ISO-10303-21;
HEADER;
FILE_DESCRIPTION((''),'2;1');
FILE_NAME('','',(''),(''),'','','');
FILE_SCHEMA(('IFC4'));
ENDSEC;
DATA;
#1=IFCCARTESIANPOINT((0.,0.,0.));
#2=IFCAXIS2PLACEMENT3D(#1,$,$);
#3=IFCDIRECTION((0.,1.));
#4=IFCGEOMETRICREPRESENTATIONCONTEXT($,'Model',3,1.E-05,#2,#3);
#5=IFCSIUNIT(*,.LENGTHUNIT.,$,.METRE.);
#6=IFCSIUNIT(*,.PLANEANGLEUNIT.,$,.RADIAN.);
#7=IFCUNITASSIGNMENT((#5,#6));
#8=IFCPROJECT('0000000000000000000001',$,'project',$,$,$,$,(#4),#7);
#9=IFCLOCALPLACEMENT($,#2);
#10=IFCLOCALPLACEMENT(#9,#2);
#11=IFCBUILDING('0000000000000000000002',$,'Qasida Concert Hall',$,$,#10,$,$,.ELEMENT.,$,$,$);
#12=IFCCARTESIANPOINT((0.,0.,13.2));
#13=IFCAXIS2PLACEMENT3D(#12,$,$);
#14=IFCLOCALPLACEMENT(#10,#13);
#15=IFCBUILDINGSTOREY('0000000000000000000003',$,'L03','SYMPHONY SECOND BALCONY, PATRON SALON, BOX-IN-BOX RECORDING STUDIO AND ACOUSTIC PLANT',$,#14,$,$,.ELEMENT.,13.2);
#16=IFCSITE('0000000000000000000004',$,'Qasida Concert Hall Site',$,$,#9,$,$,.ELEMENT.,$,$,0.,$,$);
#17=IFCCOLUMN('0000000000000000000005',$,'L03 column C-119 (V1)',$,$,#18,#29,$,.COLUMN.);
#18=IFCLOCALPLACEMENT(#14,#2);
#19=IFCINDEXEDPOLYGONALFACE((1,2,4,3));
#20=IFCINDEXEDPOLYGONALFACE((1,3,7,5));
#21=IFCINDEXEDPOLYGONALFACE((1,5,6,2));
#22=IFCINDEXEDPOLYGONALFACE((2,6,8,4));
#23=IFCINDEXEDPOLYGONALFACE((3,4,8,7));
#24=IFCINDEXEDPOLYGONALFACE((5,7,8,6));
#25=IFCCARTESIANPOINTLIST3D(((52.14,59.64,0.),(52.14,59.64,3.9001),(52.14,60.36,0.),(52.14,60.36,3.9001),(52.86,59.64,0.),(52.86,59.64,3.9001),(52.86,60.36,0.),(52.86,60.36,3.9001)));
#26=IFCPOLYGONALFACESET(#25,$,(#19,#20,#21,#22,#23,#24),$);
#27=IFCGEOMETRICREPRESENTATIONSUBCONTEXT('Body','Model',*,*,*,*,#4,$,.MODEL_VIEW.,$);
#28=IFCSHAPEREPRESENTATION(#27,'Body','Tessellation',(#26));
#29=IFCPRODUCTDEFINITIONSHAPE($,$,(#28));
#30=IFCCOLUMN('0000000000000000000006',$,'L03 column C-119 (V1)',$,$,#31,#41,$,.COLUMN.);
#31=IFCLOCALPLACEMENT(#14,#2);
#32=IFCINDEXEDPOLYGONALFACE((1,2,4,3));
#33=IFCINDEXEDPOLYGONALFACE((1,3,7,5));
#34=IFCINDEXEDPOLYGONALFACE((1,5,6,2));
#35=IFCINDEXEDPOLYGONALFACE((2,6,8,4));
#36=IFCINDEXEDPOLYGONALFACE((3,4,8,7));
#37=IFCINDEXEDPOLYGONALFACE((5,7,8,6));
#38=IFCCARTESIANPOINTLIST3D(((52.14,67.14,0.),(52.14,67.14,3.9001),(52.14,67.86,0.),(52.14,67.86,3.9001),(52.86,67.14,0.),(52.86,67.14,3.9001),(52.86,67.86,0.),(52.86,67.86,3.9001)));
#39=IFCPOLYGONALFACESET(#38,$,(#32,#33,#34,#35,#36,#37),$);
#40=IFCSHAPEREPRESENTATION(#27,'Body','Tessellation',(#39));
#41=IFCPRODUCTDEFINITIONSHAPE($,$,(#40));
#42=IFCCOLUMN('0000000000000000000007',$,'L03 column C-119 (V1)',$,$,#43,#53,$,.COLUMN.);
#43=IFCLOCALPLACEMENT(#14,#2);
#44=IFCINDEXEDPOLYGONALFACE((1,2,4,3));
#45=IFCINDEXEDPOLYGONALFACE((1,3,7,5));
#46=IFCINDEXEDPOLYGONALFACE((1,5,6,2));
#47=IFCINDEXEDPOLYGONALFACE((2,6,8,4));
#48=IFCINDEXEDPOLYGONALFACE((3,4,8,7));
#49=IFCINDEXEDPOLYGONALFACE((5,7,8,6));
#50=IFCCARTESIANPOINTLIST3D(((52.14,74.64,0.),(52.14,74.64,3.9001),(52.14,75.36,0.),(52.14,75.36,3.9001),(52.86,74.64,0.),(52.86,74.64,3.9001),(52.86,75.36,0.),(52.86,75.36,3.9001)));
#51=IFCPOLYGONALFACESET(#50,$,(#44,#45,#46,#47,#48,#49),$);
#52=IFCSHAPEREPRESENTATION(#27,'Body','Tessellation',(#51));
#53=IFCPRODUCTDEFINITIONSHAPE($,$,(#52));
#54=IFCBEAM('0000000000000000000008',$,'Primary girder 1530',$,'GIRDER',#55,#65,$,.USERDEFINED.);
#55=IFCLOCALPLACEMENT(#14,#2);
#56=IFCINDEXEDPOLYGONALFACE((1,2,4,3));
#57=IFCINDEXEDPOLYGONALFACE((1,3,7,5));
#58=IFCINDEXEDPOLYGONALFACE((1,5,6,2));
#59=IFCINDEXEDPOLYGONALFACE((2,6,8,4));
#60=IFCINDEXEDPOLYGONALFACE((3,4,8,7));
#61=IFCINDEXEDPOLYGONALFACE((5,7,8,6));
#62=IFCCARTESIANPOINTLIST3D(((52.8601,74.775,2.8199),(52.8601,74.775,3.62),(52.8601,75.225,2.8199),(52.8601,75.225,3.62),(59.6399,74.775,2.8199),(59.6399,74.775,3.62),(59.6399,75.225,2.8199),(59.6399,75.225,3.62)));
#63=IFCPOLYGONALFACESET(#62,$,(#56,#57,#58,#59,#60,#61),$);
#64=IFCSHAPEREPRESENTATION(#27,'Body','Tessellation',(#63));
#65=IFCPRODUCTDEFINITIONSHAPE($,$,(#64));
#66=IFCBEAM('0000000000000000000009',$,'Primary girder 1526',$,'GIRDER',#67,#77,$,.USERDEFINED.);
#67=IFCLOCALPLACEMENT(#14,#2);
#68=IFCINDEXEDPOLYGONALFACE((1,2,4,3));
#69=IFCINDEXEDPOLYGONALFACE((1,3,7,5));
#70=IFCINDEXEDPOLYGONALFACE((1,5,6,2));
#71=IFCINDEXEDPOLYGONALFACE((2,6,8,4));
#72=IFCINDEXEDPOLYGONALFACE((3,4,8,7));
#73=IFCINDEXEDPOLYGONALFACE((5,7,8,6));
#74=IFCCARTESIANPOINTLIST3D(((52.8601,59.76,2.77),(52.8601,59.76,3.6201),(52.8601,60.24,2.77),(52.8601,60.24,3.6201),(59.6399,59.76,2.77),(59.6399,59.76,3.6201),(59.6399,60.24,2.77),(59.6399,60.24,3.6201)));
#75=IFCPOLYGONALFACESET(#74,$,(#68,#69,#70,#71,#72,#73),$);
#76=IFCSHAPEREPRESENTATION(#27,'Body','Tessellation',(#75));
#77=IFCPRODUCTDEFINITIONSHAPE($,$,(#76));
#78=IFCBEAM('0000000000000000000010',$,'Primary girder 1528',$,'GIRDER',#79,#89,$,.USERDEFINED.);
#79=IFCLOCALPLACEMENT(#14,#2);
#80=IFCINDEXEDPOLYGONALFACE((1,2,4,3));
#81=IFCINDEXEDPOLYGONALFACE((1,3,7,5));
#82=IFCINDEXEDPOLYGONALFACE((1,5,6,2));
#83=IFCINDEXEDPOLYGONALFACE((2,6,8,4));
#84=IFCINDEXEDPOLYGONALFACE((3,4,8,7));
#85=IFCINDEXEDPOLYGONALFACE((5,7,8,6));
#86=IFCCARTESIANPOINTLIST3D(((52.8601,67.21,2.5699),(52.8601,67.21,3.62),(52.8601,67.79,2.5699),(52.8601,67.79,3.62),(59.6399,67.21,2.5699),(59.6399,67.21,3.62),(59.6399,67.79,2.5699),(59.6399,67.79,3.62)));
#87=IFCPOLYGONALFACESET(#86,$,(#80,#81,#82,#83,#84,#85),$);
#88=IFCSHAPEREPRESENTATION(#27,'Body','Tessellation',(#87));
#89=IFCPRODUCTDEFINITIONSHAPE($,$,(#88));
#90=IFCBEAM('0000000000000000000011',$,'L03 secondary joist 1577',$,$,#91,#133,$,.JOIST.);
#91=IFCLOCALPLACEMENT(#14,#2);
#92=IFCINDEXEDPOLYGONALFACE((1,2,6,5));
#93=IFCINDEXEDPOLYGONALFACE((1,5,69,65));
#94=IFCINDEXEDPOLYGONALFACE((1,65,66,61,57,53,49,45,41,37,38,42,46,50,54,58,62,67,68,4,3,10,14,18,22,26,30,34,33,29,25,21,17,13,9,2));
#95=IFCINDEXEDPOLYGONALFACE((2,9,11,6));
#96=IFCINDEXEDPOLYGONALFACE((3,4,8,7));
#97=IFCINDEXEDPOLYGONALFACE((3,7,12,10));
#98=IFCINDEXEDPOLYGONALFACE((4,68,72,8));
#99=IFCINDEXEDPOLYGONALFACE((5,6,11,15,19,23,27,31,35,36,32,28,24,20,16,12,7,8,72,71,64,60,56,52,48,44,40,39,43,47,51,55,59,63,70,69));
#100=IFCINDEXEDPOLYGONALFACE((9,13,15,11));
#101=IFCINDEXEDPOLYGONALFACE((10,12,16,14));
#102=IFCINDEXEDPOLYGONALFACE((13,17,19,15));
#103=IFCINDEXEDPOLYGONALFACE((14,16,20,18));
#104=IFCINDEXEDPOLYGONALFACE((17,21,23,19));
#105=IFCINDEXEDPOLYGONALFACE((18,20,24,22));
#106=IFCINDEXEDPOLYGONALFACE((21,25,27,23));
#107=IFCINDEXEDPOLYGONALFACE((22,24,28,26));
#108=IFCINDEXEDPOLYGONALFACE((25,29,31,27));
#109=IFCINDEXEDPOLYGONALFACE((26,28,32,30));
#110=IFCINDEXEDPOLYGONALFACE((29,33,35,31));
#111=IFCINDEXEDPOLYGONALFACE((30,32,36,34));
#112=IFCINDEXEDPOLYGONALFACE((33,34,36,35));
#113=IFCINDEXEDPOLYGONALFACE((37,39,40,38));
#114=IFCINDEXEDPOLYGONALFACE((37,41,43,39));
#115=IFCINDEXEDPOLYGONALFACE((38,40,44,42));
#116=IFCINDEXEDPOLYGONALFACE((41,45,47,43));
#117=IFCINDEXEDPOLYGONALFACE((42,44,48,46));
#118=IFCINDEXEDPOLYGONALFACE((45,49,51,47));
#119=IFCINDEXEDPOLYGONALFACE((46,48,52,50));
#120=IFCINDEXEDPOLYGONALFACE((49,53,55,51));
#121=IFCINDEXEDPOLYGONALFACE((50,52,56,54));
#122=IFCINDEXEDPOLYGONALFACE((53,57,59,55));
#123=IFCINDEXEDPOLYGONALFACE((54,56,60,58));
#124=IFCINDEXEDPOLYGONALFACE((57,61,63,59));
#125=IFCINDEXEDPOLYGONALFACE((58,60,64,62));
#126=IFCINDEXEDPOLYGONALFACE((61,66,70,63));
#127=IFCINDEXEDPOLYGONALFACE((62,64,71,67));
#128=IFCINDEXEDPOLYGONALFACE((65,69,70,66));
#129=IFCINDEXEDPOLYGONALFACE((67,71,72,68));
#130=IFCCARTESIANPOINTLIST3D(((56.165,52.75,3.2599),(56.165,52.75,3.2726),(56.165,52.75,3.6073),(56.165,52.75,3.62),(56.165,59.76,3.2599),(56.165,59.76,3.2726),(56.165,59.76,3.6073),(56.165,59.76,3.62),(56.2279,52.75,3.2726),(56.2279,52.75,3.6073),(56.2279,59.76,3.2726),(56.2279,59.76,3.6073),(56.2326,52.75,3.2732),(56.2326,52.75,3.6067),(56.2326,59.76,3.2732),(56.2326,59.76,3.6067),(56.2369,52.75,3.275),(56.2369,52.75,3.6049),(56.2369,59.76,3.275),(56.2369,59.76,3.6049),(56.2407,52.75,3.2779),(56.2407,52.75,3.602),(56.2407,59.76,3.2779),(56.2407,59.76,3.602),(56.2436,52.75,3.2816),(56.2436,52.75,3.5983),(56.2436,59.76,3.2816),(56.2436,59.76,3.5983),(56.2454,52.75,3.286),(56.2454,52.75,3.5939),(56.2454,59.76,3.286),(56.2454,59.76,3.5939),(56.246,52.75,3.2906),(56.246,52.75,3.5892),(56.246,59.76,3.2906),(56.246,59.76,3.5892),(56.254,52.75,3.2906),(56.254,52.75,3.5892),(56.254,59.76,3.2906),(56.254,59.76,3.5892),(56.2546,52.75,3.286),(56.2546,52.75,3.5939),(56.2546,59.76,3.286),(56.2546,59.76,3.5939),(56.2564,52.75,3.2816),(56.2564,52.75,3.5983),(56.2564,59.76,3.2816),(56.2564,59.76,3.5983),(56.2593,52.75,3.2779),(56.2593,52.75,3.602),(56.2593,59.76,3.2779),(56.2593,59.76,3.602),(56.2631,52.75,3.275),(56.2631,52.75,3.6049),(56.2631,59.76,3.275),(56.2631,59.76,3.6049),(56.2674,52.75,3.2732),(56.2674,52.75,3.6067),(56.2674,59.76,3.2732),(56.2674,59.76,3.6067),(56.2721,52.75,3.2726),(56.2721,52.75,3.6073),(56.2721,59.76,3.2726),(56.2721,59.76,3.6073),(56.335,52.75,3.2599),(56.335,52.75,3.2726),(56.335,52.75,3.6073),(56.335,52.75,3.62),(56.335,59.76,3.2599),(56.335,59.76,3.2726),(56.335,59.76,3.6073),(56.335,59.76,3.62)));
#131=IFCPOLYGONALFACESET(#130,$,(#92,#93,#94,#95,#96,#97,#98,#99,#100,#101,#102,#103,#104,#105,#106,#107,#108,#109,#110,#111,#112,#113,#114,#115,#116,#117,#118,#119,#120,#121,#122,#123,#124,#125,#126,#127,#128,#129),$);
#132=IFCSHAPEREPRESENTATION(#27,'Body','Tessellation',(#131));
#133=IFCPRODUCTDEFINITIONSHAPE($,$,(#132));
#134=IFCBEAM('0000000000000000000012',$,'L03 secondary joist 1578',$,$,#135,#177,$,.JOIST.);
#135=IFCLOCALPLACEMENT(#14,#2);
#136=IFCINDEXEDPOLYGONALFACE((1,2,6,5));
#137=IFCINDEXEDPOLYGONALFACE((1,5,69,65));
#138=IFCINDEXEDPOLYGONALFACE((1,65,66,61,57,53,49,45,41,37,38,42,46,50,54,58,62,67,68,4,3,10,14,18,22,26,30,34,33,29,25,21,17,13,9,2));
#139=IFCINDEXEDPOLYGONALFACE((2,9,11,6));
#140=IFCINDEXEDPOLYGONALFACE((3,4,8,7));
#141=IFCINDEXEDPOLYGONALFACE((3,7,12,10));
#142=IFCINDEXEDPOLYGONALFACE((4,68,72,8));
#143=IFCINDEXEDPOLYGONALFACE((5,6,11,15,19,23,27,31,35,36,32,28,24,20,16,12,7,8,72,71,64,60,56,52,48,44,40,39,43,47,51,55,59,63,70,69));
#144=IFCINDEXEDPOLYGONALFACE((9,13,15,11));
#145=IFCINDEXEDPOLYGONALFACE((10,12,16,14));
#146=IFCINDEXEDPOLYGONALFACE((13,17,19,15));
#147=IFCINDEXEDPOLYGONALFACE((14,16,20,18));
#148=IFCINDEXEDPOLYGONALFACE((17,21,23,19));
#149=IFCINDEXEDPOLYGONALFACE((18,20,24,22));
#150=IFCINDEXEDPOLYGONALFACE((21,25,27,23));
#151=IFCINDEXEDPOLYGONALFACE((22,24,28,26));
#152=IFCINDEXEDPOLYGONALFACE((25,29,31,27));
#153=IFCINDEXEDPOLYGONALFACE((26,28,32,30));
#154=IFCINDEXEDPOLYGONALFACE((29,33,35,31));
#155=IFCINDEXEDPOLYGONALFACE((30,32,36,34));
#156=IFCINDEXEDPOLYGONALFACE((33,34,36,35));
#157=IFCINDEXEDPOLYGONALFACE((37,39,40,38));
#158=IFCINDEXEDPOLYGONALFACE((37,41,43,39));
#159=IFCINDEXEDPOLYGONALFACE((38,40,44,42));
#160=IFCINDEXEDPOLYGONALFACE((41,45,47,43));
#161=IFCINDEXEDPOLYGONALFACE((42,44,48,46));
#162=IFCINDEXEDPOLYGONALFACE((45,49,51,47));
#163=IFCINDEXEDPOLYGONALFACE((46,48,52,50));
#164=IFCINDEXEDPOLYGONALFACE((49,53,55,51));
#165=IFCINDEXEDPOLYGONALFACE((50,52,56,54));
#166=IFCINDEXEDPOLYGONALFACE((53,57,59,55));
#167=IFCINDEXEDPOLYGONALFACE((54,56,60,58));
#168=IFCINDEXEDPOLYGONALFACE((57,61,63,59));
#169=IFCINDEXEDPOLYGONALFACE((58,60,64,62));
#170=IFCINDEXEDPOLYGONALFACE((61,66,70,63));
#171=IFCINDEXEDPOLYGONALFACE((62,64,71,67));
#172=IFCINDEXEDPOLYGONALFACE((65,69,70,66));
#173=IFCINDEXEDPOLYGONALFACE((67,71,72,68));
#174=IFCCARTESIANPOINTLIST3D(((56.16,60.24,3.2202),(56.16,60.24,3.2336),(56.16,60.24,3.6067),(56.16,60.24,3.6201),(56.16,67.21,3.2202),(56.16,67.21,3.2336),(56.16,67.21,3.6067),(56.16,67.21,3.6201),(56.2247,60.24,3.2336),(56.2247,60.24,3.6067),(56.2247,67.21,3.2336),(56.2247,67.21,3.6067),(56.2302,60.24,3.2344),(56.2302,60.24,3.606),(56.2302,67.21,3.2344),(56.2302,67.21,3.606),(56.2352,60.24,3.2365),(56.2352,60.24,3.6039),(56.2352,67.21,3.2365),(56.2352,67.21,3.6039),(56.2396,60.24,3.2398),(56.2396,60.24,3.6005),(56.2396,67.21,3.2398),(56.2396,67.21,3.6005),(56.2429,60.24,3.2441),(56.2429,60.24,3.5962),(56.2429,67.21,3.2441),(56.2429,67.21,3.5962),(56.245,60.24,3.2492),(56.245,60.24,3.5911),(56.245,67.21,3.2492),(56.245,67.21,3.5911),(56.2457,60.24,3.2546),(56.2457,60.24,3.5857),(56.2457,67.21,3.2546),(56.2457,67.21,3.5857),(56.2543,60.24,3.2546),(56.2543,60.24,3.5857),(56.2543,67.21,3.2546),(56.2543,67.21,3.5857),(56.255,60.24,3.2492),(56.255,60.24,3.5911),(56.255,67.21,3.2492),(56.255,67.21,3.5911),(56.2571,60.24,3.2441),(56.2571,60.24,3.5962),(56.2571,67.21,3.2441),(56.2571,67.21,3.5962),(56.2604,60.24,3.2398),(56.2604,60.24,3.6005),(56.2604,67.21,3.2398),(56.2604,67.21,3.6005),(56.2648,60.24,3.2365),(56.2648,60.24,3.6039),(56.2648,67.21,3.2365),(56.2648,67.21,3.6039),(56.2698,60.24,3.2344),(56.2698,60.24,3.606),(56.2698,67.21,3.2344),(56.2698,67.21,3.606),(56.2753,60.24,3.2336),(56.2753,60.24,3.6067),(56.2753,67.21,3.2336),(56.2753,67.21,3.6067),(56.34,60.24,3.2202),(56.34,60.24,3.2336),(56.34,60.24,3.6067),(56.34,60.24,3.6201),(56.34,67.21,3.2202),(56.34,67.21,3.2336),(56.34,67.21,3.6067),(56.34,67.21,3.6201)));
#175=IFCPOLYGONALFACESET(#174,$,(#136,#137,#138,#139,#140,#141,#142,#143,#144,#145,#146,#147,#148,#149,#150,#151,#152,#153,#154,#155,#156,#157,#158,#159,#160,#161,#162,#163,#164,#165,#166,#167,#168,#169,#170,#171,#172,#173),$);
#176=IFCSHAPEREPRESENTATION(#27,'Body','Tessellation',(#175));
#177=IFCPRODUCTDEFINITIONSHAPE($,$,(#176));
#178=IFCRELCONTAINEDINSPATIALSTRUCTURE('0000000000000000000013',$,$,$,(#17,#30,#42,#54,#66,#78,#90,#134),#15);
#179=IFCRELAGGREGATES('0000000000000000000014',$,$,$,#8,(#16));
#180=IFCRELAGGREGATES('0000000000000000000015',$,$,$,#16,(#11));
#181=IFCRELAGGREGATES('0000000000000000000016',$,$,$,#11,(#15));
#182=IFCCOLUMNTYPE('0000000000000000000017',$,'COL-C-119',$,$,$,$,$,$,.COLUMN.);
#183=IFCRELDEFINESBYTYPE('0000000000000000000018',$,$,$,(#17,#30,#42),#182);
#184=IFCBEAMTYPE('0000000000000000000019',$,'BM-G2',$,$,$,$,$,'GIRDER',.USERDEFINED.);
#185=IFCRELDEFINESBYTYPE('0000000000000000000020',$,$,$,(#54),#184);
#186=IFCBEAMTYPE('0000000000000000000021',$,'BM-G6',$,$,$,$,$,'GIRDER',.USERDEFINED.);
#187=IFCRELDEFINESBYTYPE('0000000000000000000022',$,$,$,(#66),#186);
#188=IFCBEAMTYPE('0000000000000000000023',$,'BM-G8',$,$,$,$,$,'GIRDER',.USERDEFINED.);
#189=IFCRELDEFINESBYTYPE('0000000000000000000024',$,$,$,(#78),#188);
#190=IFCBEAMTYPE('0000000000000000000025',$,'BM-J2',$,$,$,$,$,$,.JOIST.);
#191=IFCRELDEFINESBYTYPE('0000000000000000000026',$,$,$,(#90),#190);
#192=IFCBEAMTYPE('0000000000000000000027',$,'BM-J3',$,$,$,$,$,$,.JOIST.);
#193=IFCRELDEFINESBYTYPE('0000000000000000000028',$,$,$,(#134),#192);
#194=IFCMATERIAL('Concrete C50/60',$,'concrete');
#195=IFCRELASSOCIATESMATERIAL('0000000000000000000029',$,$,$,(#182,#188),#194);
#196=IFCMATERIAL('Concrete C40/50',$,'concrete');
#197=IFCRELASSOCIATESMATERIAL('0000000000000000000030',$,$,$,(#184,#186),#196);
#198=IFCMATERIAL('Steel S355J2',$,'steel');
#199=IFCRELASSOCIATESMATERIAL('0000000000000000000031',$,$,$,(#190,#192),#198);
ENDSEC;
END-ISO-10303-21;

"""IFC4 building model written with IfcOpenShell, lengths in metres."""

from ifc_helpers import new_model, si_unit, direction, frame, origin, origin_2d, place, context, subcontext, project, spatial, rectangle, i_section, extrude, material, material_profile, profile_set, type_object, element, save


model = new_model("IFC4")

# Units and contexts
model_context = context("Model", 3, precision=1e-05, world=origin(), true_north=direction((0.0, 1.0)))
body_context = subcontext(model_context, "Body", "Model", "MODEL_VIEW")
ifc_project = project(units=[si_unit("LENGTHUNIT", "METRE"), si_unit("PLANEANGLEUNIT", "RADIAN")], contexts=[model_context])

# Site, building, storey
site_placement = place(None, origin())
site = spatial("IfcSite", under=ifc_project, at=site_placement, Name="Qasida Concert Hall Site", CompositionType="ELEMENT", RefElevation=0.0)
building_placement = place(site_placement, origin())
building = spatial("IfcBuilding", under=site, at=building_placement, Name="Qasida Concert Hall", CompositionType="ELEMENT")
storey_placement = place(building_placement, frame((0.0, 0.0, 13.2)))
storey = spatial("IfcBuildingStorey", under=building, at=storey_placement, Name="L03", Description="SYMPHONY SECOND BALCONY, PATRON SALON, BOX-IN-BOX RECORDING STUDIO AND ACOUSTIC PLANT", CompositionType="ELEMENT", Elevation=13.2)

# Columns
ifc_material_1 = material(Name="Concrete C50/60", Category="concrete")
ifc_material_profile_1 = material_profile(ifc_material_1, rectangle(XDim=0.72, YDim=0.72, at=origin_2d()), Name="RC 720x720")
ifc_profile_set_1 = profile_set([ifc_material_profile_1], Name="Concrete C50/60")
column_type = type_object("IfcColumnType", Name="COL-C-119", PredefinedType="COLUMN", material=ifc_profile_set_1)
for number, where, z_axis, x_axis, name in (
    (1, (52.5, 60.0, 0.0), (0.0, 0.0, 1.0), (1.0, 0.0, 0.0), "L03 column C-119 (V1)"),
    (2, (52.5, 67.5, 0.0), (0.0, 0.0, 1.0), (1.0, 0.0, 0.0), "L03 column C-119 (V1)"),
    (3, (52.5, 75.0, 0.0), (0.0, 0.0, 1.0), (1.0, 0.0, 0.0), "L03 column C-119 (V1)"),
):
    element("IfcColumn", number, at=place(storey_placement, frame(where, z_axis=z_axis, x_axis=x_axis)), inside=storey, type_object=column_type, Name=name, PredefinedType="COLUMN", context=body_context, shape_type="SweptSolid", body=[
        extrude(rectangle(XDim=0.72, YDim=0.72, at=origin_2d()), origin(), (0.0, 0.0, 1.0), 3.9001),
    ])

# Beams
ifc_material_2 = material(Name="Concrete C40/50", Category="concrete")
ifc_material_profile_2 = material_profile(ifc_material_2, rectangle(XDim=0.45, YDim=0.8, at=origin_2d()), Name="RC 450x800")
ifc_profile_set_2 = profile_set([ifc_material_profile_2], Name="Concrete C40/50")
beam_type_1 = type_object("IfcBeamType", Name="BM-G2", ElementType="GIRDER", PredefinedType="USERDEFINED", material=ifc_profile_set_2)
beam_1_placement = place(storey_placement, frame((52.8601, 75.0, 3.22), z_axis=(1.0, 0.0, 0.0), x_axis=(0.0, 1.0, 0.0)))
element("IfcBeam", 4, at=beam_1_placement, inside=storey, type_object=beam_type_1, Name="Primary girder 1530", ObjectType="GIRDER", PredefinedType="USERDEFINED", context=body_context, shape_type="SweptSolid", body=[
    extrude(rectangle(XDim=0.45, YDim=0.8, at=origin_2d()), origin(), (0.0, 0.0, 1.0), 6.7798),
])
ifc_material_profile_3 = material_profile(ifc_material_2, rectangle(XDim=0.48, YDim=0.8501, at=origin_2d()), Name="RC 480x850")
ifc_profile_set_3 = profile_set([ifc_material_profile_3], Name="Concrete C40/50")
beam_type_2 = type_object("IfcBeamType", Name="BM-G6", ElementType="GIRDER", PredefinedType="USERDEFINED", material=ifc_profile_set_3)
beam_2_placement = place(storey_placement, frame((52.8601, 60.0, 3.1951), z_axis=(1.0, 0.0, 0.0), x_axis=(0.0, 1.0, 0.0)))
element("IfcBeam", 5, at=beam_2_placement, inside=storey, type_object=beam_type_2, Name="Primary girder 1526", ObjectType="GIRDER", PredefinedType="USERDEFINED", context=body_context, shape_type="SweptSolid", body=[
    extrude(rectangle(XDim=0.48, YDim=0.8501, at=origin_2d()), origin(), (0.0, 0.0, 1.0), 6.7798),
])
ifc_material_profile_4 = material_profile(ifc_material_1, rectangle(XDim=0.5801, YDim=1.05, at=origin_2d()), Name="RC 580x1050")
ifc_profile_set_4 = profile_set([ifc_material_profile_4], Name="Concrete C50/60")
beam_type_3 = type_object("IfcBeamType", Name="BM-G8", ElementType="GIRDER", PredefinedType="USERDEFINED", material=ifc_profile_set_4)
beam_3_placement = place(storey_placement, frame((52.8601, 67.5, 3.095), z_axis=(1.0, 0.0, 0.0), x_axis=(0.0, 1.0, 0.0)))
element("IfcBeam", 6, at=beam_3_placement, inside=storey, type_object=beam_type_3, Name="Primary girder 1528", ObjectType="GIRDER", PredefinedType="USERDEFINED", context=body_context, shape_type="SweptSolid", body=[
    extrude(rectangle(XDim=0.5801, YDim=1.05, at=origin_2d()), origin(), (0.0, 0.0, 1.0), 6.7798),
])
ifc_material_3 = material(Name="Steel S355J2", Category="steel")
ifc_material_profile_5 = material_profile(ifc_material_3, i_section(OverallWidth=0.1699, OverallDepth=0.3601, WebThickness=0.0081, FlangeThickness=0.0127, FilletRadius=0.0181, at=origin_2d()), Name="IPE 360")
ifc_profile_set_5 = profile_set([ifc_material_profile_5], Name="Steel S355J2")
beam_type_4 = type_object("IfcBeamType", Name="BM-J2", PredefinedType="JOIST", material=ifc_profile_set_5)
beam_4_placement = place(storey_placement, frame((56.25, 52.75, 3.4399), z_axis=(0.0, 1.0, 0.0), x_axis=(-1.0, 0.0, 0.0)))
element("IfcBeam", 7, at=beam_4_placement, inside=storey, type_object=beam_type_4, Name="L03 secondary joist 1577", PredefinedType="JOIST", context=body_context, shape_type="SweptSolid", body=[
    extrude(i_section(OverallWidth=0.1699, OverallDepth=0.3601, WebThickness=0.0081, FlangeThickness=0.0127, FilletRadius=0.0181, at=origin_2d()), origin(), (0.0, 0.0, 1.0), 7.01),
])
ifc_material_profile_6 = material_profile(ifc_material_3, i_section(OverallWidth=0.1799, OverallDepth=0.3999, WebThickness=0.0085, FlangeThickness=0.0134, FilletRadius=0.021, at=origin_2d()), Name="IPE 400")
ifc_profile_set_6 = profile_set([ifc_material_profile_6], Name="Steel S355J2")
beam_type_5 = type_object("IfcBeamType", Name="BM-J3", PredefinedType="JOIST", material=ifc_profile_set_6)
beam_5_placement = place(storey_placement, frame((56.25, 60.24, 3.4202), z_axis=(0.0, 1.0, 0.0), x_axis=(-1.0, 0.0, 0.0)))
element("IfcBeam", 8, at=beam_5_placement, inside=storey, type_object=beam_type_5, Name="L03 secondary joist 1578", PredefinedType="JOIST", context=body_context, shape_type="SweptSolid", body=[
    extrude(i_section(OverallWidth=0.1799, OverallDepth=0.3999, WebThickness=0.0085, FlangeThickness=0.0134, FilletRadius=0.021, at=origin_2d()), origin(), (0.0, 0.0, 1.0), 6.97),
])

save(model, "model.ifc")
